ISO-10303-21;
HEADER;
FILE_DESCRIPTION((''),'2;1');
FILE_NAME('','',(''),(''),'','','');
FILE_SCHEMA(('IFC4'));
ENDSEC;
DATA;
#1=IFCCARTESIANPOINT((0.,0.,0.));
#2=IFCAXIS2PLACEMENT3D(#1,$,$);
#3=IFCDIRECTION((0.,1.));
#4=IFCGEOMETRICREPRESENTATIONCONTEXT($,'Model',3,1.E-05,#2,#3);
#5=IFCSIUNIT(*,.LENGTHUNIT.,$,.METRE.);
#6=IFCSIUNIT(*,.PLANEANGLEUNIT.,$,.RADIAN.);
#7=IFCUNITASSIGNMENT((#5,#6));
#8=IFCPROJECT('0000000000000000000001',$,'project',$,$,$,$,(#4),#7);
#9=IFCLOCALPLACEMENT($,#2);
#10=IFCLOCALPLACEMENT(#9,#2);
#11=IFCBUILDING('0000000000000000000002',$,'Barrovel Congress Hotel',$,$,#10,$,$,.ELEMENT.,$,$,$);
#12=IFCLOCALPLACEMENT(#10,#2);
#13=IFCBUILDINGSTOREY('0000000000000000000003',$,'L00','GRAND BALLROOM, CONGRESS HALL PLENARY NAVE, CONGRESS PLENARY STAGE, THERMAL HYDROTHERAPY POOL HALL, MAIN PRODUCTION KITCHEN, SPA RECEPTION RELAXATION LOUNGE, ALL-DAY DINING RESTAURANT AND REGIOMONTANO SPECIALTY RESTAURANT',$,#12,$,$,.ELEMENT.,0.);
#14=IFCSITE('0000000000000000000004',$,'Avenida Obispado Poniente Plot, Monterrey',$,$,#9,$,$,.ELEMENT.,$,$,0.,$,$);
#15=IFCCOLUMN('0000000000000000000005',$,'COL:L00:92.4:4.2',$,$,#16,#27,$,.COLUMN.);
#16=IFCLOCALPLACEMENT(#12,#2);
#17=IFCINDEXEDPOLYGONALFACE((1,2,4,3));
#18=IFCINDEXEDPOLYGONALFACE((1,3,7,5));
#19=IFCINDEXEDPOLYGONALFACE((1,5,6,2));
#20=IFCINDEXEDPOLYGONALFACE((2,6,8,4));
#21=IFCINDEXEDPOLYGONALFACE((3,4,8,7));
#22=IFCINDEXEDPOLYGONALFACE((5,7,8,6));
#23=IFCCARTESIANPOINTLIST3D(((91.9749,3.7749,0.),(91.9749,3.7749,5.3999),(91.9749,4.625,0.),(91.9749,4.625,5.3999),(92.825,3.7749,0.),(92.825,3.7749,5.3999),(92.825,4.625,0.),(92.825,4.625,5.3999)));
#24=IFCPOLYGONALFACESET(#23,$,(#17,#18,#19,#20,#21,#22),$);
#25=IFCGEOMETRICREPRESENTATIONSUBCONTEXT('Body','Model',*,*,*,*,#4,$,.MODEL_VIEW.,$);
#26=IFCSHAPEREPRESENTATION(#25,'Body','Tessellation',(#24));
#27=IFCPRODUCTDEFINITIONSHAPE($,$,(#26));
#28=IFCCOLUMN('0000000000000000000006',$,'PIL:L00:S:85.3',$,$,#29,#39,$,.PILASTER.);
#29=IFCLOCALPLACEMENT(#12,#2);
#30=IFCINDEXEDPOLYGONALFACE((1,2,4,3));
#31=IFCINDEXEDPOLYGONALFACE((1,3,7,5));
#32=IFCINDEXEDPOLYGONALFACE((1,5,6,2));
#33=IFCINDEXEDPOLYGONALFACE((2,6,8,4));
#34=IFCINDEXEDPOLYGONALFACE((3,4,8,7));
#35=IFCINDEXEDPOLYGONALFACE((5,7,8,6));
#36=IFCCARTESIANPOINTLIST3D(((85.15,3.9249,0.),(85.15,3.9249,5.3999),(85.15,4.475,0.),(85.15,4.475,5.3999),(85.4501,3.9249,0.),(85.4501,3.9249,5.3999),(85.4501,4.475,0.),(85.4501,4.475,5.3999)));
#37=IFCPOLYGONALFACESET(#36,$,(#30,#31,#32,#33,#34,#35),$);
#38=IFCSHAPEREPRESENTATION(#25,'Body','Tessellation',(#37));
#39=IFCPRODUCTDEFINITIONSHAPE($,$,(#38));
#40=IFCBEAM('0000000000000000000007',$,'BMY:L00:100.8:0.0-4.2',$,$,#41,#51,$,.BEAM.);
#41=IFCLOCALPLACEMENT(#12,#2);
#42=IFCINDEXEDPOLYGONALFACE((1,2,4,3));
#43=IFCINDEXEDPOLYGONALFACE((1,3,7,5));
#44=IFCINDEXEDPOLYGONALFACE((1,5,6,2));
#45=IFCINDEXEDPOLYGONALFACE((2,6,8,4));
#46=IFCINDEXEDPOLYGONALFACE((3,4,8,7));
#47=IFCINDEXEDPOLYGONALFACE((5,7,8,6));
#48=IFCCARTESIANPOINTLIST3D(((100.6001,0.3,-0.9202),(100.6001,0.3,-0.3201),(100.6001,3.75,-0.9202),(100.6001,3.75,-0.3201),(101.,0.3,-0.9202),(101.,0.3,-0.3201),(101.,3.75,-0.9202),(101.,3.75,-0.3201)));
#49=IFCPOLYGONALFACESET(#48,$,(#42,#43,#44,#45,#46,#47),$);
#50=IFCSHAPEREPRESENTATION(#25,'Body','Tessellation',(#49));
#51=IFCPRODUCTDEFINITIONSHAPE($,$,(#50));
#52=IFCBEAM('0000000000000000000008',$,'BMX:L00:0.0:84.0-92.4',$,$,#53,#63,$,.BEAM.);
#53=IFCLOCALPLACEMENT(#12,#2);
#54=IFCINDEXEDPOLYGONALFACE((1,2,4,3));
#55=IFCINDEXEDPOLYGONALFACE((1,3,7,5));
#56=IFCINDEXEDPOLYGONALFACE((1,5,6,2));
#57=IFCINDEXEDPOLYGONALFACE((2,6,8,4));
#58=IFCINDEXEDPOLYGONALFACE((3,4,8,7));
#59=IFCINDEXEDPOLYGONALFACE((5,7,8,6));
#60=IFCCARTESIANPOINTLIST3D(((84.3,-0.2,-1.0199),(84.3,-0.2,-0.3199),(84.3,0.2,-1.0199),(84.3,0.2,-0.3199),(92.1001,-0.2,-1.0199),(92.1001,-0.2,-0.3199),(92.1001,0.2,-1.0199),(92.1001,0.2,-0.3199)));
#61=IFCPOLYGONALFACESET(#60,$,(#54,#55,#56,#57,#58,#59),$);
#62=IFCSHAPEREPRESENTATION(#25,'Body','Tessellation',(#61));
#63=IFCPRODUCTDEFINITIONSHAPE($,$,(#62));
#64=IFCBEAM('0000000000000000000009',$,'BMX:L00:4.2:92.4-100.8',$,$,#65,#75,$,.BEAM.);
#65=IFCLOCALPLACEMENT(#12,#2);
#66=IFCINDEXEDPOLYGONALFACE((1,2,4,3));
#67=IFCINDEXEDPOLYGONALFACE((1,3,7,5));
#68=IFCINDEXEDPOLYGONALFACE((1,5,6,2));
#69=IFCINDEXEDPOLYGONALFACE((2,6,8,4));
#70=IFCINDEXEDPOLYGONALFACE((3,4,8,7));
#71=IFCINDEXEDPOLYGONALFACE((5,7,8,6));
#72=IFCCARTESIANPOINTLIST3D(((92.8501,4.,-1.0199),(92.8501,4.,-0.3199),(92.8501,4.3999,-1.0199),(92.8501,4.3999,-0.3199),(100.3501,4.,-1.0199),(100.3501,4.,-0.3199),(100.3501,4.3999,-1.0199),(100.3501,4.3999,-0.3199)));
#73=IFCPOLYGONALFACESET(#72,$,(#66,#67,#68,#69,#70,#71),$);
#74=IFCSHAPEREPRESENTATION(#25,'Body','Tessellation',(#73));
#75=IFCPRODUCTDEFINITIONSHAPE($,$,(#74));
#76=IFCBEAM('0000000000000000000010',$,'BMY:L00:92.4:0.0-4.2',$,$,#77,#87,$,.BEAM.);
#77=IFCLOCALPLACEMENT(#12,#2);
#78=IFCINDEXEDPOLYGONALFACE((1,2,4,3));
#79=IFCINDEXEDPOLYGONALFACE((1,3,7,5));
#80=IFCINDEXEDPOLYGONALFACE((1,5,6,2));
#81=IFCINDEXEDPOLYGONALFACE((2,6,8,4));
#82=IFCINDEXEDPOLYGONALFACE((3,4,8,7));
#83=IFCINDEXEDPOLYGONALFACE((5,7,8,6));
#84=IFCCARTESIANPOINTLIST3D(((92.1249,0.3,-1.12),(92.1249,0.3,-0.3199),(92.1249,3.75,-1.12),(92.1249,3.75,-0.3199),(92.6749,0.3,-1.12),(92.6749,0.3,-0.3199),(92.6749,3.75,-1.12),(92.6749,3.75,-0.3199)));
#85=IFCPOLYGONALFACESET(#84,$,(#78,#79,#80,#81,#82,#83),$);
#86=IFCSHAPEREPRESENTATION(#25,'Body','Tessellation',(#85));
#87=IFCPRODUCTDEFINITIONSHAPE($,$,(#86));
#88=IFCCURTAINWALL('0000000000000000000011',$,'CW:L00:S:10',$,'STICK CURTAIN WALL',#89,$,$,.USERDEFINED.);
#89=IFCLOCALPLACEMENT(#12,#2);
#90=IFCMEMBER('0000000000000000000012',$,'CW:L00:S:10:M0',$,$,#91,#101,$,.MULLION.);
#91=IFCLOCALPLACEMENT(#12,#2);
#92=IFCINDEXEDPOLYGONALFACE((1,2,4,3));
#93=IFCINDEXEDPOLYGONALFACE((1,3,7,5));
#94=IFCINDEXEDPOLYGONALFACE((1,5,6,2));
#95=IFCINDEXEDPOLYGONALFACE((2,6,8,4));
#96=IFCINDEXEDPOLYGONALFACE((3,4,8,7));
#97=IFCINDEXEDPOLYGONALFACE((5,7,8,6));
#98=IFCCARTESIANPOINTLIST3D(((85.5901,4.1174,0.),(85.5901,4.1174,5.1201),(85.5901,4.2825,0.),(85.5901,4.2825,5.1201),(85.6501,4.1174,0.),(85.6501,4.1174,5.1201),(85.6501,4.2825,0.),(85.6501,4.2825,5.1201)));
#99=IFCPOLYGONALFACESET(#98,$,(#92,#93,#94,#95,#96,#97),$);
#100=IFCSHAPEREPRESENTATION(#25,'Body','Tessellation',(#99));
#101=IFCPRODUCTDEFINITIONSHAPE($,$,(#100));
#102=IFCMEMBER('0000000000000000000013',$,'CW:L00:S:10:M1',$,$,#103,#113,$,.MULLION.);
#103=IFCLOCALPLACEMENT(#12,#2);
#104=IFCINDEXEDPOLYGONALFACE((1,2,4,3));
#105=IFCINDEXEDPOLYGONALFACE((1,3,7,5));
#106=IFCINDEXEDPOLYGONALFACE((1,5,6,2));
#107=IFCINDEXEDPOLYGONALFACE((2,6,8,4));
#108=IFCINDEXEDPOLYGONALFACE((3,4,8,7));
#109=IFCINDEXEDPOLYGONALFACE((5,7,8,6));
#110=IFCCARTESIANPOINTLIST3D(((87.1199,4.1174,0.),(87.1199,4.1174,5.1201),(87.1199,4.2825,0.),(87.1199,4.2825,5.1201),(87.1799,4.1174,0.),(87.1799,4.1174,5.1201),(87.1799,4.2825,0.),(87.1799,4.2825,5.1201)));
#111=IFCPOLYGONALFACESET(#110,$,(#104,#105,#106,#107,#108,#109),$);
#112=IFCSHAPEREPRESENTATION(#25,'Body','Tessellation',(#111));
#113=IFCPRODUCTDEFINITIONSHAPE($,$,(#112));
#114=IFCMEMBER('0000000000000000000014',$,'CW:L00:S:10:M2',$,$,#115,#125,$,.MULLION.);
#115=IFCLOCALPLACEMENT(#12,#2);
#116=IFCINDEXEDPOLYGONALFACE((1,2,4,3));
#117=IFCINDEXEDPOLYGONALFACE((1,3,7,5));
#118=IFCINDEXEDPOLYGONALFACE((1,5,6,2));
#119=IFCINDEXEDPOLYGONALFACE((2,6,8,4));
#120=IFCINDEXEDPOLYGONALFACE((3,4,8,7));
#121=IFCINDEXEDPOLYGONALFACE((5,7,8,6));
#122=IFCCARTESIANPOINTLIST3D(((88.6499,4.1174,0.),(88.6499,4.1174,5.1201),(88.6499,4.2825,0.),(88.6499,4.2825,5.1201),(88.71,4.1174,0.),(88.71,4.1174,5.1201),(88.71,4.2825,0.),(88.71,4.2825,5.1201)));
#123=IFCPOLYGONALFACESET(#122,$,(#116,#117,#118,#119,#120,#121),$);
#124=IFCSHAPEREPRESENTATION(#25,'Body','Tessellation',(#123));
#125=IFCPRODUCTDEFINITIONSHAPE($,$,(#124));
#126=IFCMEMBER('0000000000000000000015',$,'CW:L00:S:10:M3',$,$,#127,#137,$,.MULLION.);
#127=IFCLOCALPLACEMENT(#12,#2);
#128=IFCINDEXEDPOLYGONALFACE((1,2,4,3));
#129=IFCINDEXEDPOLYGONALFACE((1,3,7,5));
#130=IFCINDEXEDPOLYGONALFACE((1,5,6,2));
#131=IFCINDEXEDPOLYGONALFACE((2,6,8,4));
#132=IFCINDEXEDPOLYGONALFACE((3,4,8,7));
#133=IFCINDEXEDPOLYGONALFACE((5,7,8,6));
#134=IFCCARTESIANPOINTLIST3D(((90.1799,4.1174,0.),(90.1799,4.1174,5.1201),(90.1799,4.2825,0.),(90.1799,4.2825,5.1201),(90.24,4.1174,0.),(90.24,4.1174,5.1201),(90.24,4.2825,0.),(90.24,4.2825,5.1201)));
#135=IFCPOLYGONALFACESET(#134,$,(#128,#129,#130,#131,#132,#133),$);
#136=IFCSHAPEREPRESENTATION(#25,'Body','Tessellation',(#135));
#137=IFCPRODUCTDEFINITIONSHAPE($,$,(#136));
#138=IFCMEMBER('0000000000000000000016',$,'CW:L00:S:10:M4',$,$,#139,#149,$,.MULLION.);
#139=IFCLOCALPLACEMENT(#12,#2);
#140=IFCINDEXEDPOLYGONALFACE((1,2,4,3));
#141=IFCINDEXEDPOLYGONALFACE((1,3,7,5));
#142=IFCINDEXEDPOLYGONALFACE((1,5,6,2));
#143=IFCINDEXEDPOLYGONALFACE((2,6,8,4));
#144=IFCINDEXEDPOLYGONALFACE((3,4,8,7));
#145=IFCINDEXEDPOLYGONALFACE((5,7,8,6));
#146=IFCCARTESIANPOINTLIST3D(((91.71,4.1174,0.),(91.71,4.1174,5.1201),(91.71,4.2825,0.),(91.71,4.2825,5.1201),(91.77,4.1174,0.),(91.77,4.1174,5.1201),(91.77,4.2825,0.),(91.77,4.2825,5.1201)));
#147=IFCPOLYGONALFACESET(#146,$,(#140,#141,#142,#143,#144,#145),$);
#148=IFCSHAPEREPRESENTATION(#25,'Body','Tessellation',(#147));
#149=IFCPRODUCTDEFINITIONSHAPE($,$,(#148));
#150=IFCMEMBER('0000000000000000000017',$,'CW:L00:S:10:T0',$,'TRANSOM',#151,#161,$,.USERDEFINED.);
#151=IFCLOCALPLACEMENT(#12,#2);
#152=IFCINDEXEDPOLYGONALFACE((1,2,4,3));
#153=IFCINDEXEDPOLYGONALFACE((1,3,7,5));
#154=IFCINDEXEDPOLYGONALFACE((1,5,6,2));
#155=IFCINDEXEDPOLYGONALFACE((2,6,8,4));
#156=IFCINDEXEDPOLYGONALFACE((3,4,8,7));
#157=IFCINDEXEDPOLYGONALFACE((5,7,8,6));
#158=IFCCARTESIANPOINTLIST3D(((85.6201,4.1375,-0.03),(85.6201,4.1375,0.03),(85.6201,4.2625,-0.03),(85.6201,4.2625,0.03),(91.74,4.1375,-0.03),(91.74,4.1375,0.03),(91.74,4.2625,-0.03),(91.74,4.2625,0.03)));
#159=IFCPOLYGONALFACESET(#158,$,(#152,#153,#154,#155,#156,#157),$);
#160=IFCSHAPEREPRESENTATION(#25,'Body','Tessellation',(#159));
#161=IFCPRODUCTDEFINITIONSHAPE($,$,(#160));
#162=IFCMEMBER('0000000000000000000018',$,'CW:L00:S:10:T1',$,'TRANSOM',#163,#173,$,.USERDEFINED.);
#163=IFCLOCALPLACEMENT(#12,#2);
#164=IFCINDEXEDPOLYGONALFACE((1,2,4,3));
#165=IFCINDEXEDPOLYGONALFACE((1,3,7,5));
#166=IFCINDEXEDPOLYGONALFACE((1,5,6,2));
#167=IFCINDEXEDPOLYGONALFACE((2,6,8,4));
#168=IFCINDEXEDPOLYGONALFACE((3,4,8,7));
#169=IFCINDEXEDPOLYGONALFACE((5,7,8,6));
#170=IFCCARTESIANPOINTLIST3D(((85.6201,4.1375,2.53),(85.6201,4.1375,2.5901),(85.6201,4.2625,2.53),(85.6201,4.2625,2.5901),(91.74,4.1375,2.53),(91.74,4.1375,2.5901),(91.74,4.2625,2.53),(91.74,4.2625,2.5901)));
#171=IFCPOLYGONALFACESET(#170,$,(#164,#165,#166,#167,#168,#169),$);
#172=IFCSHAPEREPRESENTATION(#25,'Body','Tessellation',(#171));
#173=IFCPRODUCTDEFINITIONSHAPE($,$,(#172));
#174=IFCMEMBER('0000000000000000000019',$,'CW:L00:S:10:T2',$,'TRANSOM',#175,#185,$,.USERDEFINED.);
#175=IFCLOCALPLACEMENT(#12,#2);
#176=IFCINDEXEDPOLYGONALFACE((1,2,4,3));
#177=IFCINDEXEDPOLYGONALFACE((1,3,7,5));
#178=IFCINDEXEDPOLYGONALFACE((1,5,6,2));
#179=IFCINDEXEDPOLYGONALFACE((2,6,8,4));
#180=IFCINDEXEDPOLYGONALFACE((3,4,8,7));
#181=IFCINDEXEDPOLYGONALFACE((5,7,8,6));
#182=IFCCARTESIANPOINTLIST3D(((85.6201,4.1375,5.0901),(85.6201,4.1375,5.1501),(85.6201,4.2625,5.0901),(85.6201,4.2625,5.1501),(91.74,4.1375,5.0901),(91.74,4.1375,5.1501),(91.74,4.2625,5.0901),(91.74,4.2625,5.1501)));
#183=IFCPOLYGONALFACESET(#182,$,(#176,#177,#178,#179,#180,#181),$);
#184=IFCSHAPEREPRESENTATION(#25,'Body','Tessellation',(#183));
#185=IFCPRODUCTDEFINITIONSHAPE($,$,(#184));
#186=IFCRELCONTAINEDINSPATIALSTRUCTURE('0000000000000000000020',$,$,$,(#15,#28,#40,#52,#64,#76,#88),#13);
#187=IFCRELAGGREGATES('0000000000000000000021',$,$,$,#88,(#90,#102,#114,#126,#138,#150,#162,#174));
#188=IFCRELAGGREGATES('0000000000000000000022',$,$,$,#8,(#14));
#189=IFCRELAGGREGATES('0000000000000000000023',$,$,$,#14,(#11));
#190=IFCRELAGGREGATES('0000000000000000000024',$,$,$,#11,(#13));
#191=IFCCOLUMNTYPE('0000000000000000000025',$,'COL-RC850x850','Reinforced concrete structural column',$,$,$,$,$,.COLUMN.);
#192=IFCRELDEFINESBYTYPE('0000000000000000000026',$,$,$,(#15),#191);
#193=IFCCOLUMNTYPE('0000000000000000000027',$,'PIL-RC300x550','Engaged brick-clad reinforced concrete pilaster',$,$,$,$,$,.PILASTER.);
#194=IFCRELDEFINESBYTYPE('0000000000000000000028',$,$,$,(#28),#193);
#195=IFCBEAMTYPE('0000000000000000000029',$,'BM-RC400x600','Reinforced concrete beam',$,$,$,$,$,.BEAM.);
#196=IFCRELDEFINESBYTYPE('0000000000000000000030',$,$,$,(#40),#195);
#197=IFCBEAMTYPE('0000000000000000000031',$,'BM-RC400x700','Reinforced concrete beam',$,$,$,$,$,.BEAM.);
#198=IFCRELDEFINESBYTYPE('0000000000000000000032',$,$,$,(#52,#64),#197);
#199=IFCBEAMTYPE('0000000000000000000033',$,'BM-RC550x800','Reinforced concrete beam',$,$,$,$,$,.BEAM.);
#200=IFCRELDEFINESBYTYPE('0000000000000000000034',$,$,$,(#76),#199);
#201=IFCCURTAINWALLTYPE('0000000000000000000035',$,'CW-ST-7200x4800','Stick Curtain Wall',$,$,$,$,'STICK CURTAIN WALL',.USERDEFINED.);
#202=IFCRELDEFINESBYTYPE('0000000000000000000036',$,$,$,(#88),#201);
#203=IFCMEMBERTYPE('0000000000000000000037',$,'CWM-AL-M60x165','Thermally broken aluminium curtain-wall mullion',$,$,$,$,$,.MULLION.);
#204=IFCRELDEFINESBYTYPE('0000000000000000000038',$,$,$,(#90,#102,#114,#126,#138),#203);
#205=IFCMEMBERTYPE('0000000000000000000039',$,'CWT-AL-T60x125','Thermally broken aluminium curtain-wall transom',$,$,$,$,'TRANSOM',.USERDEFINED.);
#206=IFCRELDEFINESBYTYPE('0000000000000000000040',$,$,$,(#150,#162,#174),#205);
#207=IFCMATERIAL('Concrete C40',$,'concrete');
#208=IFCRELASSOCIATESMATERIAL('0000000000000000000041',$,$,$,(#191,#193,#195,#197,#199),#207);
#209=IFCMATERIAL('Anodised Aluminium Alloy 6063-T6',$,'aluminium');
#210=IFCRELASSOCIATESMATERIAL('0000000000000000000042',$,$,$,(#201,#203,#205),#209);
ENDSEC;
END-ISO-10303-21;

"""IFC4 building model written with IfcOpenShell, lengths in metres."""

from ifc_helpers import new_model, si_unit, direction, frame, origin, origin_2d, place, context, subcontext, project, spatial, rectangle, extrude, material, material_profile, profile_set, type_object, element, aggregate, save


model = new_model("IFC4")

# Units and contexts
model_context = context("Model", 3, precision=1e-05, world=origin(), true_north=direction((0.0, 1.0)))
body_context = subcontext(model_context, "Body", "Model", "MODEL_VIEW")
ifc_project = project(units=[si_unit("LENGTHUNIT", "METRE"), si_unit("PLANEANGLEUNIT", "RADIAN")], contexts=[model_context])

# Site, building, storey
site_placement = place(None, origin())
site = spatial("IfcSite", under=ifc_project, at=site_placement, Name="Avenida Obispado Poniente Plot, Monterrey", CompositionType="ELEMENT", RefElevation=0.0)
building_placement = place(site_placement, origin())
building = spatial("IfcBuilding", under=site, at=building_placement, Name="Barrovel Congress Hotel", CompositionType="ELEMENT")
storey_placement = place(building_placement, origin())
storey = spatial("IfcBuildingStorey", under=building, at=storey_placement, Name="L00", Description="GRAND BALLROOM, CONGRESS HALL PLENARY NAVE, CONGRESS PLENARY STAGE, THERMAL HYDROTHERAPY POOL HALL, MAIN PRODUCTION KITCHEN, SPA RECEPTION RELAXATION LOUNGE, ALL-DAY DINING RESTAURANT AND REGIOMONTANO SPECIALTY RESTAURANT", CompositionType="ELEMENT", Elevation=0.0)

# Shared definitions
ifc_material_1 = material(Name="Concrete C40", Category="concrete")

# Columns
ifc_material_profile_1 = material_profile(ifc_material_1, rectangle(XDim=0.8501, YDim=0.8501, at=origin_2d()), Name="RC850x850")
ifc_profile_set_1 = profile_set([ifc_material_profile_1], Name="Concrete C40")
column_type_1 = type_object("IfcColumnType", Name="COL-RC850x850", Description="Reinforced concrete structural column", PredefinedType="COLUMN", material=ifc_profile_set_1)
column_1_placement = place(storey_placement, frame((92.3999, 4.2, 0.0), z_axis=(0.0, 0.0, 1.0), x_axis=(1.0, 0.0, 0.0)))
element("IfcColumn", 1, at=column_1_placement, inside=storey, type_object=column_type_1, Name="COL:L00:92.4:4.2", PredefinedType="COLUMN", context=body_context, shape_type="SweptSolid", body=[
    extrude(rectangle(XDim=0.8501, YDim=0.8501, at=origin_2d()), origin(), (0.0, 0.0, 1.0), 5.3999),
])
ifc_material_profile_2 = material_profile(ifc_material_1, rectangle(XDim=0.3, YDim=0.55, at=origin_2d()), Name="RC300x550")
ifc_profile_set_2 = profile_set([ifc_material_profile_2], Name="Concrete C40")
column_type_2 = type_object("IfcColumnType", Name="PIL-RC300x550", Description="Engaged brick-clad reinforced concrete pilaster", PredefinedType="PILASTER", material=ifc_profile_set_2)
column_2_placement = place(storey_placement, frame((85.3, 4.2, 0.0), z_axis=(0.0, 0.0, 1.0), x_axis=(1.0, 0.0, 0.0)))
element("IfcColumn", 2, at=column_2_placement, inside=storey, type_object=column_type_2, Name="PIL:L00:S:85.3", PredefinedType="PILASTER", context=body_context, shape_type="SweptSolid", body=[
    extrude(rectangle(XDim=0.3, YDim=0.55, at=origin_2d()), origin(), (0.0, 0.0, 1.0), 5.3999),
])

# Beams
ifc_material_profile_3 = material_profile(ifc_material_1, rectangle(XDim=0.3999, YDim=0.6001, at=origin_2d()), Name="RC400x600")
ifc_profile_set_3 = profile_set([ifc_material_profile_3], Name="Concrete C40")
beam_type_1 = type_object("IfcBeamType", Name="BM-RC400x600", Description="Reinforced concrete beam", PredefinedType="BEAM", material=ifc_profile_set_3)
beam_1_placement = place(storey_placement, frame((100.8, 0.3, -0.6201), z_axis=(0.0, 1.0, 0.0), x_axis=(-1.0, 0.0, 0.0)))
element("IfcBeam", 3, at=beam_1_placement, inside=storey, type_object=beam_type_1, Name="BMY:L00:100.8:0.0-4.2", PredefinedType="BEAM", context=body_context, shape_type="SweptSolid", body=[
    extrude(rectangle(XDim=0.3999, YDim=0.6001, at=origin_2d()), origin(), (0.0, 0.0, 1.0), 3.45),
])
ifc_material_profile_4 = material_profile(ifc_material_1, rectangle(XDim=0.3999, YDim=0.7, at=origin_2d()), Name="RC400x700")
ifc_profile_set_4 = profile_set([ifc_material_profile_4], Name="Concrete C40")
beam_type_2 = type_object("IfcBeamType", Name="BM-RC400x700", Description="Reinforced concrete beam", PredefinedType="BEAM", material=ifc_profile_set_4)
beam_2_placement = place(storey_placement, frame((84.3, 0.0, -0.6699), z_axis=(1.0, 0.0, 0.0), x_axis=(0.0, 1.0, 0.0)))
element("IfcBeam", 4, at=beam_2_placement, inside=storey, type_object=beam_type_2, Name="BMX:L00:0.0:84.0-92.4", PredefinedType="BEAM", context=body_context, shape_type="SweptSolid", body=[
    extrude(rectangle(XDim=0.3999, YDim=0.7, at=origin_2d()), origin(), (0.0, 0.0, 1.0), 7.8),
])
beam_3_placement = place(storey_placement, frame((92.8501, 4.2, -0.6699), z_axis=(1.0, 0.0, 0.0), x_axis=(0.0, 1.0, 0.0)))
element("IfcBeam", 5, at=beam_3_placement, inside=storey, type_object=beam_type_2, Name="BMX:L00:4.2:92.4-100.8", PredefinedType="BEAM", context=body_context, shape_type="SweptSolid", body=[
    extrude(rectangle(XDim=0.3999, YDim=0.7, at=origin_2d()), origin(), (0.0, 0.0, 1.0), 7.5),
])
ifc_material_profile_5 = material_profile(ifc_material_1, rectangle(XDim=0.55, YDim=0.8, at=origin_2d()), Name="RC550x800")
ifc_profile_set_5 = profile_set([ifc_material_profile_5], Name="Concrete C40")
beam_type_3 = type_object("IfcBeamType", Name="BM-RC550x800", Description="Reinforced concrete beam", PredefinedType="BEAM", material=ifc_profile_set_5)
beam_4_placement = place(storey_placement, frame((92.3999, 0.3, -0.72), z_axis=(0.0, 1.0, 0.0), x_axis=(-1.0, 0.0, 0.0)))
element("IfcBeam", 6, at=beam_4_placement, inside=storey, type_object=beam_type_3, Name="BMY:L00:92.4:0.0-4.2", PredefinedType="BEAM", context=body_context, shape_type="SweptSolid", body=[
    extrude(rectangle(XDim=0.55, YDim=0.8, at=origin_2d()), origin(), (0.0, 0.0, 1.0), 3.45),
])

# Curtain wall, members
ifc_material_2 = material(Name="Anodised Aluminium Alloy 6063-T6", Category="aluminium")
curtain_wall_type = type_object("IfcCurtainWallType", Name="CW-ST-7200x4800", Description="Stick Curtain Wall", ElementType="STICK CURTAIN WALL", PredefinedType="USERDEFINED", material=ifc_material_2)
curtain_wall_placement = place(storey_placement, origin())
curtain_wall = element("IfcCurtainWall", 7, at=curtain_wall_placement, inside=storey, type_object=curtain_wall_type, Name="CW:L00:S:10", ObjectType="STICK CURTAIN WALL", PredefinedType="USERDEFINED")
ifc_material_profile_6 = material_profile(ifc_material_2, rectangle(XDim=0.0601, YDim=0.165, at=origin_2d()), Name="AL-M60x165")
ifc_profile_set_6 = profile_set([ifc_material_profile_6], Name="Anodised Aluminium Alloy 6063-T6")
member_type_1 = type_object("IfcMemberType", Name="CWM-AL-M60x165", Description="Thermally broken aluminium curtain-wall mullion", PredefinedType="MULLION", material=ifc_profile_set_6)
member_1_placement = place(storey_placement, frame((85.6201, 4.2, 0.0), z_axis=(0.0, 0.0, 1.0), x_axis=(1.0, 0.0, 0.0)))
member_1 = element("IfcMember", 8, at=member_1_placement, type_object=member_type_1, Name="CW:L00:S:10:M0", PredefinedType="MULLION", context=body_context, shape_type="SweptSolid", body=[
    extrude(rectangle(XDim=0.0601, YDim=0.165, at=origin_2d()), origin(), (0.0, 0.0, 1.0), 5.1201),
])
member_2_placement = place(storey_placement, frame((87.1499, 4.2, 0.0), z_axis=(0.0, 0.0, 1.0), x_axis=(1.0, 0.0, 0.0)))
member_2 = element("IfcMember", 9, at=member_2_placement, type_object=member_type_1, Name="CW:L00:S:10:M1", PredefinedType="MULLION", context=body_context, shape_type="SweptSolid", body=[
    extrude(rectangle(XDim=0.0601, YDim=0.165, at=origin_2d()), origin(), (0.0, 0.0, 1.0), 5.1201),
])
member_3_placement = place(storey_placement, frame((88.6799, 4.2, 0.0), z_axis=(0.0, 0.0, 1.0), x_axis=(1.0, 0.0, 0.0)))
member_3 = element("IfcMember", 10, at=member_3_placement, type_object=member_type_1, Name="CW:L00:S:10:M2", PredefinedType="MULLION", context=body_context, shape_type="SweptSolid", body=[
    extrude(rectangle(XDim=0.0601, YDim=0.165, at=origin_2d()), origin(), (0.0, 0.0, 1.0), 5.1201),
])
member_4_placement = place(storey_placement, frame((90.21, 4.2, 0.0), z_axis=(0.0, 0.0, 1.0), x_axis=(1.0, 0.0, 0.0)))
member_4 = element("IfcMember", 11, at=member_4_placement, type_object=member_type_1, Name="CW:L00:S:10:M3", PredefinedType="MULLION", context=body_context, shape_type="SweptSolid", body=[
    extrude(rectangle(XDim=0.0601, YDim=0.165, at=origin_2d()), origin(), (0.0, 0.0, 1.0), 5.1201),
])
member_5_placement = place(storey_placement, frame((91.74, 4.2, 0.0), z_axis=(0.0, 0.0, 1.0), x_axis=(1.0, 0.0, 0.0)))
member_5 = element("IfcMember", 12, at=member_5_placement, type_object=member_type_1, Name="CW:L00:S:10:M4", PredefinedType="MULLION", context=body_context, shape_type="SweptSolid", body=[
    extrude(rectangle(XDim=0.0601, YDim=0.165, at=origin_2d()), origin(), (0.0, 0.0, 1.0), 5.1201),
])
ifc_material_profile_7 = material_profile(ifc_material_2, rectangle(XDim=0.125, YDim=0.0601, at=origin_2d()), Name="AL-T60x125")
ifc_profile_set_7 = profile_set([ifc_material_profile_7], Name="Anodised Aluminium Alloy 6063-T6")
member_type_2 = type_object("IfcMemberType", Name="CWT-AL-T60x125", Description="Thermally broken aluminium curtain-wall transom", ElementType="TRANSOM", PredefinedType="USERDEFINED", material=ifc_profile_set_7)
member_6_placement = place(storey_placement, frame((85.6201, 4.2, 0.0), z_axis=(1.0, 0.0, 0.0), x_axis=(0.0, 1.0, 0.0)))
member_6 = element("IfcMember", 13, at=member_6_placement, type_object=member_type_2, Name="CW:L00:S:10:T0", ObjectType="TRANSOM", PredefinedType="USERDEFINED", context=body_context, shape_type="SweptSolid", body=[
    extrude(rectangle(XDim=0.125, YDim=0.0601, at=origin_2d()), origin(), (0.0, 0.0, 1.0), 6.1199),
])
member_7_placement = place(storey_placement, frame((85.6201, 4.2, 2.5601), z_axis=(1.0, 0.0, 0.0), x_axis=(0.0, 1.0, 0.0)))
member_7 = element("IfcMember", 14, at=member_7_placement, type_object=member_type_2, Name="CW:L00:S:10:T1", ObjectType="TRANSOM", PredefinedType="USERDEFINED", context=body_context, shape_type="SweptSolid", body=[
    extrude(rectangle(XDim=0.125, YDim=0.0601, at=origin_2d()), origin(), (0.0, 0.0, 1.0), 6.1199),
])
member_8_placement = place(storey_placement, frame((85.6201, 4.2, 5.1201), z_axis=(1.0, 0.0, 0.0), x_axis=(0.0, 1.0, 0.0)))
member_8 = element("IfcMember", 15, at=member_8_placement, type_object=member_type_2, Name="CW:L00:S:10:T2", ObjectType="TRANSOM", PredefinedType="USERDEFINED", context=body_context, shape_type="SweptSolid", body=[
    extrude(rectangle(XDim=0.125, YDim=0.0601, at=origin_2d()), origin(), (0.0, 0.0, 1.0), 6.1199),
])

aggregate(curtain_wall, [member_1, member_2, member_3, member_4, member_5, member_6, member_7, member_8])

save(model, "model.ifc")
